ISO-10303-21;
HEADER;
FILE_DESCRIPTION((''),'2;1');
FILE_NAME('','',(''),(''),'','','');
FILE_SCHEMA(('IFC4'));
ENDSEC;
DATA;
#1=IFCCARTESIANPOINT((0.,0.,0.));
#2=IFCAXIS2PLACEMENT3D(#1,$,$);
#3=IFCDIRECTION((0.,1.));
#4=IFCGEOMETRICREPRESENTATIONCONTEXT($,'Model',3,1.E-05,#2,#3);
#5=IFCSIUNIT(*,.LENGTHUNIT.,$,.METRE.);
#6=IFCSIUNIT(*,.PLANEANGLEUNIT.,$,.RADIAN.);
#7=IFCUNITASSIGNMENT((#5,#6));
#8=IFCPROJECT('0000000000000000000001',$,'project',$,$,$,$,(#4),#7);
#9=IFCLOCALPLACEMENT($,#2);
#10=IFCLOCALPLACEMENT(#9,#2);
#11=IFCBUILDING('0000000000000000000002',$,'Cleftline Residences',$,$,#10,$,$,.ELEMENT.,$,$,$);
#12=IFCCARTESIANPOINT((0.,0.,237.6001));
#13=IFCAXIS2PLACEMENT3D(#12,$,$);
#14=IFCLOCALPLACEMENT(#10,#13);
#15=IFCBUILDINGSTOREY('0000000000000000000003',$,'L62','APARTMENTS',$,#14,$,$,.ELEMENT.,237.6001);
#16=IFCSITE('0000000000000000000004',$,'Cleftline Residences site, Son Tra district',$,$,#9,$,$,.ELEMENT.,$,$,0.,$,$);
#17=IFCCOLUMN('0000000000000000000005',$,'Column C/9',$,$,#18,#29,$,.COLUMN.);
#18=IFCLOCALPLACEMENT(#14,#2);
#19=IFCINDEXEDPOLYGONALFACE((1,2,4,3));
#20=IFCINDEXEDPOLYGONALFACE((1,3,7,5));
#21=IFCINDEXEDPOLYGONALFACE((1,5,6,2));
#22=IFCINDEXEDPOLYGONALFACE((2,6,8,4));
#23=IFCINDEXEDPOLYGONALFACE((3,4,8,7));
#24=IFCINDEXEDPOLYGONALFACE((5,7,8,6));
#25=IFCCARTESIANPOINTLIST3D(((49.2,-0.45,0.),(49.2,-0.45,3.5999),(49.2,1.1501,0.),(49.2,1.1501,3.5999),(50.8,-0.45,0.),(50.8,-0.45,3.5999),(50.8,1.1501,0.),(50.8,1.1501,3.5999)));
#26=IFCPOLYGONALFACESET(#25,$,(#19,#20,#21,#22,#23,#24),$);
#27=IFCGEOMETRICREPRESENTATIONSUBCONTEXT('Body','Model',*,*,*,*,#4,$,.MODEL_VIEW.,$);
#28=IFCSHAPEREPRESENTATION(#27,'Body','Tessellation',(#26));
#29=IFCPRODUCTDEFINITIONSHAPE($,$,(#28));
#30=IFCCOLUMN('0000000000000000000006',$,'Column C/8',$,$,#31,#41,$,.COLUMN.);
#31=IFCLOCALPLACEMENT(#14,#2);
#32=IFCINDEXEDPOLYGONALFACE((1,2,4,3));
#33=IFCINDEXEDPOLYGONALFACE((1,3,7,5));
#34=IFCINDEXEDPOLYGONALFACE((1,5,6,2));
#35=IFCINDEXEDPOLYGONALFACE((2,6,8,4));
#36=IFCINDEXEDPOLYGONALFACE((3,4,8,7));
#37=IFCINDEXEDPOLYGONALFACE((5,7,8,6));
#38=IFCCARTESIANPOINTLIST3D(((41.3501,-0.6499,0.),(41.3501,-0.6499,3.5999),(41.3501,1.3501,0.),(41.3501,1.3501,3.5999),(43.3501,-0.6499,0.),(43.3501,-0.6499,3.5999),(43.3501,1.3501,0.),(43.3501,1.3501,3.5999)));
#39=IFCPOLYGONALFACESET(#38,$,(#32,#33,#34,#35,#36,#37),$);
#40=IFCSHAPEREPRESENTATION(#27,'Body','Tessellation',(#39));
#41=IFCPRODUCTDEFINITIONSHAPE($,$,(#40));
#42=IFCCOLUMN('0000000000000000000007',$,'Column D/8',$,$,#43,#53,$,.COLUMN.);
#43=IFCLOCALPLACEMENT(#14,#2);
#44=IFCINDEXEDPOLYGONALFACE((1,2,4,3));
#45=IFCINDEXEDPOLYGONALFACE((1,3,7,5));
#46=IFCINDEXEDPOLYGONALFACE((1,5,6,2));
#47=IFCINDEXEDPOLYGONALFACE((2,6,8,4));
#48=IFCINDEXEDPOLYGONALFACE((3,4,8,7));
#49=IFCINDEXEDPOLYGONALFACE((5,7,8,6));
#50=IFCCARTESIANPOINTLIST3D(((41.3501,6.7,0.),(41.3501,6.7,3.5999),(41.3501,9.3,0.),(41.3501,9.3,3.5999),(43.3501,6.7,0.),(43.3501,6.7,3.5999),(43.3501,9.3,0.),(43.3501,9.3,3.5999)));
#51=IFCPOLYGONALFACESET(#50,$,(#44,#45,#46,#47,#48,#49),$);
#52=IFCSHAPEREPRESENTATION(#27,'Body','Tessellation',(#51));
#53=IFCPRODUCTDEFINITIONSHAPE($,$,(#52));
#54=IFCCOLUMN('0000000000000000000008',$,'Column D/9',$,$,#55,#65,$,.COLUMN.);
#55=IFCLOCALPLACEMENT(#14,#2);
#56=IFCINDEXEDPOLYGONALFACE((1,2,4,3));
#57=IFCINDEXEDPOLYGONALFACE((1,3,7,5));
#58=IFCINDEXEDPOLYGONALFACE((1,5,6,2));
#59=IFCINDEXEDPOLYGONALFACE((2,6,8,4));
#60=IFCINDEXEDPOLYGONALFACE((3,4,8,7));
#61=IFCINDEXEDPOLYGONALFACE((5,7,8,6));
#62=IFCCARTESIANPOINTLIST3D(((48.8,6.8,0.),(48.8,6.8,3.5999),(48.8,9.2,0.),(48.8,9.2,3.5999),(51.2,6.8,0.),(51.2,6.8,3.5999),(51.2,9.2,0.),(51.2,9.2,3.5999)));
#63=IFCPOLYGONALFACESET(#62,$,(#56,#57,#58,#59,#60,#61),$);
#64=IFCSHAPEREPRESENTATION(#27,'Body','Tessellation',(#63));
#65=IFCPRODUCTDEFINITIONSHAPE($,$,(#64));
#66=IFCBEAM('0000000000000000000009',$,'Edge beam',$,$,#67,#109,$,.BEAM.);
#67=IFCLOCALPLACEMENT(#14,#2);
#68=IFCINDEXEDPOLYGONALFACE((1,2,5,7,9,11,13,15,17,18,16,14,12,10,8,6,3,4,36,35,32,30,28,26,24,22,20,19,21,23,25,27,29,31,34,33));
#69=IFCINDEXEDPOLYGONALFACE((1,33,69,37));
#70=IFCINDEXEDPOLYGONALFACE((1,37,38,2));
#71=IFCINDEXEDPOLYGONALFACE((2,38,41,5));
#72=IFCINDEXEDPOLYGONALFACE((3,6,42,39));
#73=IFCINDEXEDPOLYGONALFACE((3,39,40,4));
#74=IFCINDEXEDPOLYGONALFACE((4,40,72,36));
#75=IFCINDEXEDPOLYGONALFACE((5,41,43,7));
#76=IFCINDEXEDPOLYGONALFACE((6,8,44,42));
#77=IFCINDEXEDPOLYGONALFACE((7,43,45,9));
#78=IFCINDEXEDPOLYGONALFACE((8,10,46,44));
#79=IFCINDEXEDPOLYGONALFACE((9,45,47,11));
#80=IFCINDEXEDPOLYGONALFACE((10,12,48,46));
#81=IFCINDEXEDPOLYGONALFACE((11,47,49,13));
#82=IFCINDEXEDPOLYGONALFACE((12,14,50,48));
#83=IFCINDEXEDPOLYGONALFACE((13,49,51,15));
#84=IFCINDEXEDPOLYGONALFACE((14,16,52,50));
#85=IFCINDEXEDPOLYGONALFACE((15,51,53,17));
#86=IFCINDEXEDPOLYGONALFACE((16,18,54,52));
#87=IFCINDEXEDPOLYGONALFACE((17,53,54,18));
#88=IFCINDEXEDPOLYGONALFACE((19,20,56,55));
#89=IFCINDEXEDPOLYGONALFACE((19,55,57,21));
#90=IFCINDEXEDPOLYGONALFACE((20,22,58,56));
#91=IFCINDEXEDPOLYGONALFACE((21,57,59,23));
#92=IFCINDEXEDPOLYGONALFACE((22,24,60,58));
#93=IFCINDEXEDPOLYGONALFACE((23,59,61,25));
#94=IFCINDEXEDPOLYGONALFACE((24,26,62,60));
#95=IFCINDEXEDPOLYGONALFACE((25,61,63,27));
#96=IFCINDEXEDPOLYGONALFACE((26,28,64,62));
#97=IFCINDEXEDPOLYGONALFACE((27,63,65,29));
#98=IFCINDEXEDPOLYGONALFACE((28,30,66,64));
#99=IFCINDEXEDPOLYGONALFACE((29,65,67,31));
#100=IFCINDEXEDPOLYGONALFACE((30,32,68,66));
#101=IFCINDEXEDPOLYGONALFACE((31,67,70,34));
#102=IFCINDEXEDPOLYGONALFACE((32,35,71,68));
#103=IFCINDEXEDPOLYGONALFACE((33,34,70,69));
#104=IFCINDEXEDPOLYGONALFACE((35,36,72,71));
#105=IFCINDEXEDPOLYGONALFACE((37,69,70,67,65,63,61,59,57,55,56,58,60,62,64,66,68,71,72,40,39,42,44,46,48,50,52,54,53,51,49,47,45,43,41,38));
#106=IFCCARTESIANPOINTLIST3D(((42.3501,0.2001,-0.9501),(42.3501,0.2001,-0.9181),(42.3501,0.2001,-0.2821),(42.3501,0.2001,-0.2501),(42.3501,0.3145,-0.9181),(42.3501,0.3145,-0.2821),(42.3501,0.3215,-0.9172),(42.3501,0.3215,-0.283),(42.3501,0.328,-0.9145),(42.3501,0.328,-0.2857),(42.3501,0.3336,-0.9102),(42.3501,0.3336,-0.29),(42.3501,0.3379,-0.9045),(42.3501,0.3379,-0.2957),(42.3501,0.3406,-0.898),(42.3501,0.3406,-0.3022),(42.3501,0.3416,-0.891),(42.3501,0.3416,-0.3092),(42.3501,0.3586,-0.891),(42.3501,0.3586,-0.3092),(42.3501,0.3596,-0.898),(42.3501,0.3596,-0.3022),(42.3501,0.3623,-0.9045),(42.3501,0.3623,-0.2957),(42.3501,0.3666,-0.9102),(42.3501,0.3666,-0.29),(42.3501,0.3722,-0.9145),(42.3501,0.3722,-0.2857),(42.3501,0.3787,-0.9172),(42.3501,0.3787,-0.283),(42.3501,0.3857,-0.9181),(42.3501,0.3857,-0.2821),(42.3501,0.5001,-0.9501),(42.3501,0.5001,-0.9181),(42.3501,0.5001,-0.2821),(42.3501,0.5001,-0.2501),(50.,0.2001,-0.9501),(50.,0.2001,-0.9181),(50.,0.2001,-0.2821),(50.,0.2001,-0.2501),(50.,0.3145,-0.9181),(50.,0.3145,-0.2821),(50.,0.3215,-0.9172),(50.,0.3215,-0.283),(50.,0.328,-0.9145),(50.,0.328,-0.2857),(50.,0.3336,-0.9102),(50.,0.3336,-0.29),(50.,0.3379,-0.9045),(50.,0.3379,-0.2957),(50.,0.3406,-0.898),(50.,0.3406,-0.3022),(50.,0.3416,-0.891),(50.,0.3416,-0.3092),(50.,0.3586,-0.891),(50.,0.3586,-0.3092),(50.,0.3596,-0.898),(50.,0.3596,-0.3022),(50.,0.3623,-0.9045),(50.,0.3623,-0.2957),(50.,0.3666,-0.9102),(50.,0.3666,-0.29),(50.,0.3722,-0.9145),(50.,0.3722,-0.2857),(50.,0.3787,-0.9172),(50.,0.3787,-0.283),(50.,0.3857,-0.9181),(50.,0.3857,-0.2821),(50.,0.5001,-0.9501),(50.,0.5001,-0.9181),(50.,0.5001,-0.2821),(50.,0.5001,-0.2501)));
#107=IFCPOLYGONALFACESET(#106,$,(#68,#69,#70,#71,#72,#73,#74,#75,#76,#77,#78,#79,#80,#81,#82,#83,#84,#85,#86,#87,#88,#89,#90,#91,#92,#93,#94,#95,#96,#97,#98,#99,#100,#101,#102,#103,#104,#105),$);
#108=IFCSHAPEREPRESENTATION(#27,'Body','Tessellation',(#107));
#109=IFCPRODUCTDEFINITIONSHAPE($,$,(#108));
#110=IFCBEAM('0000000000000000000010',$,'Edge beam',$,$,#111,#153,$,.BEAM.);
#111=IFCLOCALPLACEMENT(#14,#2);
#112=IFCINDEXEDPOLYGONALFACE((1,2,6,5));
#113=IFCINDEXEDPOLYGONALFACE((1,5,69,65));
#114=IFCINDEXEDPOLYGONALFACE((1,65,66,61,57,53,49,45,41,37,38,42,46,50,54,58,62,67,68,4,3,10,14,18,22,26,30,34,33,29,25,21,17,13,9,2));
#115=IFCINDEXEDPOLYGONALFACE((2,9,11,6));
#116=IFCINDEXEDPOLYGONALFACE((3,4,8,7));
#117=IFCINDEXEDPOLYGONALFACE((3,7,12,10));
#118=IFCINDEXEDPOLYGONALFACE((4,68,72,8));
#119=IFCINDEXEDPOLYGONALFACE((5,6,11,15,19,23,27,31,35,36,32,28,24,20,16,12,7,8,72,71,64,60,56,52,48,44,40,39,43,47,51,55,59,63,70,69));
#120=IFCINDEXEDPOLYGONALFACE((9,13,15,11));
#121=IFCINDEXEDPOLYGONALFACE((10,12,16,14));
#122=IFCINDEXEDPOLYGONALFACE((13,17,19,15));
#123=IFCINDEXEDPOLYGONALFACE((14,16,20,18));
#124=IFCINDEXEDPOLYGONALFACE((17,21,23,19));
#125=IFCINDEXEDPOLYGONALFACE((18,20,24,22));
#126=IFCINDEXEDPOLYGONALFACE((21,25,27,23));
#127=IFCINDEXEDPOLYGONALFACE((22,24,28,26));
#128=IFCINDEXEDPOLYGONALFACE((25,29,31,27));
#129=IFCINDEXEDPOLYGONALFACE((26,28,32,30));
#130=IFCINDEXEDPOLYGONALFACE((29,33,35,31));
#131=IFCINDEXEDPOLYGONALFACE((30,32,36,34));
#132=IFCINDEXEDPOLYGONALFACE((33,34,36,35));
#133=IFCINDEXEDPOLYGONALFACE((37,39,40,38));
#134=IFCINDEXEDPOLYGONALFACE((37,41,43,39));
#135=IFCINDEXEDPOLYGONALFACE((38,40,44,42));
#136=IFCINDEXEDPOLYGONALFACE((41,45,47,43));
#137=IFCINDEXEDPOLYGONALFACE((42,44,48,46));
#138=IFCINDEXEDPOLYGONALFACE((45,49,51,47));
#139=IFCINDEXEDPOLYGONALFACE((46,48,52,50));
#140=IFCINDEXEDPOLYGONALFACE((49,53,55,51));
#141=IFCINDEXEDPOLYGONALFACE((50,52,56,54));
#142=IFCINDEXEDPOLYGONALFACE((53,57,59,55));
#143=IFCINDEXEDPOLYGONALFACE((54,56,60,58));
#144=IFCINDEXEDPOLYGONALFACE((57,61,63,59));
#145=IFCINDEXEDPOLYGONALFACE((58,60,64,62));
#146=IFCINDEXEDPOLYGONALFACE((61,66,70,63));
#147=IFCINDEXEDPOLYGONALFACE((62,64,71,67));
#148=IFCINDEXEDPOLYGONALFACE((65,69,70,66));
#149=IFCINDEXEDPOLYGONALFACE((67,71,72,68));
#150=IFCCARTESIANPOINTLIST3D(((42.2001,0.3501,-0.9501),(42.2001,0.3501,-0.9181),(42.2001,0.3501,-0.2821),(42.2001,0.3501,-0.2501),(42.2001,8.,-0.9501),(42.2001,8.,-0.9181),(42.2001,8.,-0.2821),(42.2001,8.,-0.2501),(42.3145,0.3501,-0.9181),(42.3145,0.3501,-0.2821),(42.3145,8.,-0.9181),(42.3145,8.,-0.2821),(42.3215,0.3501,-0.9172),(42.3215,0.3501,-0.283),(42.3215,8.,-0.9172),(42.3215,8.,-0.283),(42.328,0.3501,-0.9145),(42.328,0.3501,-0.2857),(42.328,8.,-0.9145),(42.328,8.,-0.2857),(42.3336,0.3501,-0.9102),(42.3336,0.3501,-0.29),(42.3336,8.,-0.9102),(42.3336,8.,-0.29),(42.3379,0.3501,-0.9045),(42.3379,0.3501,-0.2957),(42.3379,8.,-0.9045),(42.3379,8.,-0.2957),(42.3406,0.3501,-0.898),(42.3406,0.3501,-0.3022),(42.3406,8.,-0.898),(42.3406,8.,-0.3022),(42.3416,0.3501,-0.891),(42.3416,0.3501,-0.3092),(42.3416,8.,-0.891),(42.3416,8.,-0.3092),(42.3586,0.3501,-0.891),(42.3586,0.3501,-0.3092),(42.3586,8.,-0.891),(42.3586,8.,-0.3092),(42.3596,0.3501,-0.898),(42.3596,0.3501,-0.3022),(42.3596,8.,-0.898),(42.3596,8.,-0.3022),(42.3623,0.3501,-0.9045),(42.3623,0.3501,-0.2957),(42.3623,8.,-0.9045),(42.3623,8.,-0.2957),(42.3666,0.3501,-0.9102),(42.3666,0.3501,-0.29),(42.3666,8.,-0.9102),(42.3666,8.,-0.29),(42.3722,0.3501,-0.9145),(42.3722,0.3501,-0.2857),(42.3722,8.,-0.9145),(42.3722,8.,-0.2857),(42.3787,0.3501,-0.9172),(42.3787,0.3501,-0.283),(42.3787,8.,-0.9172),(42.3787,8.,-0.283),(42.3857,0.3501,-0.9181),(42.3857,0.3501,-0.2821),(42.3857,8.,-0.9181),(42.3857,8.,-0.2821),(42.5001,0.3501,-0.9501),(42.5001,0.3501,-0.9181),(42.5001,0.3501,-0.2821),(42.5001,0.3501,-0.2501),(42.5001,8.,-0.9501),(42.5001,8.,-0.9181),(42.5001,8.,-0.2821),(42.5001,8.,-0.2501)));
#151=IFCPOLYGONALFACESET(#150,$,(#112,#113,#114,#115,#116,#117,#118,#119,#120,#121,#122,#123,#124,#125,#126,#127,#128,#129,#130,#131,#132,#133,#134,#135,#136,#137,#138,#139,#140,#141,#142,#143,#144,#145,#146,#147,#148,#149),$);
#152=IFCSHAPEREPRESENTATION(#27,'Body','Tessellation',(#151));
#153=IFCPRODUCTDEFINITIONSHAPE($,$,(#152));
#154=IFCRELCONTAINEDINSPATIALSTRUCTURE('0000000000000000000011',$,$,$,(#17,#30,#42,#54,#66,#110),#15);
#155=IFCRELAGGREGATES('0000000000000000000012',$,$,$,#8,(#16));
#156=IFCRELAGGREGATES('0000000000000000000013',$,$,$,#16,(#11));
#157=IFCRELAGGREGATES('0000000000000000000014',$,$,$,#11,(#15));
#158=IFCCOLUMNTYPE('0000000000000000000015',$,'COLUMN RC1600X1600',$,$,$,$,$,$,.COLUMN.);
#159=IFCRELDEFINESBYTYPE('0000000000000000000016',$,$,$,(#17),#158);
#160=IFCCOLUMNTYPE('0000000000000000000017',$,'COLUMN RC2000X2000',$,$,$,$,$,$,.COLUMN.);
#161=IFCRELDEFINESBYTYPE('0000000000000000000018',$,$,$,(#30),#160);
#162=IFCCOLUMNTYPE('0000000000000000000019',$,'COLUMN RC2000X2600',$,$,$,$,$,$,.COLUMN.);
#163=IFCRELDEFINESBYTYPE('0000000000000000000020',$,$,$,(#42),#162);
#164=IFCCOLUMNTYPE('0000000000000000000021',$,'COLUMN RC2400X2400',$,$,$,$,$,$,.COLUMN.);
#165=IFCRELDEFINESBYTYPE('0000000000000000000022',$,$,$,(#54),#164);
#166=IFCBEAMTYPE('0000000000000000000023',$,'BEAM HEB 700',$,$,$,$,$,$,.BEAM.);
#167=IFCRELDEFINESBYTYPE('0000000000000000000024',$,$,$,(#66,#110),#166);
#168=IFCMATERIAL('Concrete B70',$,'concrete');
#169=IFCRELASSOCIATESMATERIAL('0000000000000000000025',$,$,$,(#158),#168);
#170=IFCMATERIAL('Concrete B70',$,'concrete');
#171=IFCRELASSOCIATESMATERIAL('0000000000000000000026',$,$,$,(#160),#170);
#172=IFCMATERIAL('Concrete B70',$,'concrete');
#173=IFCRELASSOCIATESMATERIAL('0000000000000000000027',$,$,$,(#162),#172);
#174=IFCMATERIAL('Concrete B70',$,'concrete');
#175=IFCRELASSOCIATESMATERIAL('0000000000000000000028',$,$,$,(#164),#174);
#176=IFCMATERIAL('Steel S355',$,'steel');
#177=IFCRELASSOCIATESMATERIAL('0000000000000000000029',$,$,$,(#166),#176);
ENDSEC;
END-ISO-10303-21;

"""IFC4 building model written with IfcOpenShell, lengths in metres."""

from ifc_helpers import new_model, si_unit, direction, frame, origin, origin_2d, place, context, subcontext, project, spatial, rectangle, i_section, extrude, material, material_profile, profile_set, type_object, element, save


model = new_model("IFC4")

# Units and contexts
model_context = context("Model", 3, precision=1e-05, world=origin(), true_north=direction((0.0, 1.0)))
body_context = subcontext(model_context, "Body", "Model", "MODEL_VIEW")
ifc_project = project(units=[si_unit("LENGTHUNIT", "METRE"), si_unit("PLANEANGLEUNIT", "RADIAN")], contexts=[model_context])

# Site, building, storey
site_placement = place(None, origin())
site = spatial("IfcSite", under=ifc_project, at=site_placement, Name="Cleftline Residences site, Son Tra district", CompositionType="ELEMENT", RefElevation=0.0)
building_placement = place(site_placement, origin())
building = spatial("IfcBuilding", under=site, at=building_placement, Name="Cleftline Residences", CompositionType="ELEMENT")
storey_placement = place(building_placement, frame((0.0, 0.0, 237.6001)))
storey = spatial("IfcBuildingStorey", under=building, at=storey_placement, Name="L62", Description="APARTMENTS", CompositionType="ELEMENT", Elevation=237.6001)

# Columns
ifc_material_1 = material(Name="Concrete B70", Category="concrete")
ifc_material_profile_1 = material_profile(ifc_material_1, rectangle(XDim=1.6001, YDim=1.6001, at=origin_2d()))
ifc_profile_set_1 = profile_set([ifc_material_profile_1], Name="Concrete B70")
column_type_1 = type_object("IfcColumnType", Name="COLUMN RC1600X1600", PredefinedType="COLUMN", material=ifc_profile_set_1)
column_1_placement = place(storey_placement, frame((50.0, 0.3501, 0.0), z_axis=(0.0, 0.0, 1.0), x_axis=(1.0, 0.0, 0.0)))
element("IfcColumn", 1, at=column_1_placement, inside=storey, type_object=column_type_1, Name="Column C/9", PredefinedType="COLUMN", context=body_context, shape_type="SweptSolid", body=[
    extrude(rectangle(XDim=1.6001, YDim=1.6001, at=origin_2d()), origin(), (0.0, 0.0, 1.0), 3.5999),
])
ifc_material_2 = material(Name="Concrete B70", Category="concrete")
ifc_material_profile_2 = material_profile(ifc_material_2, rectangle(XDim=2.0, YDim=2.0, at=origin_2d()))
ifc_profile_set_2 = profile_set([ifc_material_profile_2], Name="Concrete B70")
column_type_2 = type_object("IfcColumnType", Name="COLUMN RC2000X2000", PredefinedType="COLUMN", material=ifc_profile_set_2)
column_2_placement = place(storey_placement, frame((42.3501, 0.3501, 0.0), z_axis=(0.0, 0.0, 1.0), x_axis=(1.0, 0.0, 0.0)))
element("IfcColumn", 2, at=column_2_placement, inside=storey, type_object=column_type_2, Name="Column C/8", PredefinedType="COLUMN", context=body_context, shape_type="SweptSolid", body=[
    extrude(rectangle(XDim=2.0, YDim=2.0, at=origin_2d()), origin(), (0.0, 0.0, 1.0), 3.5999),
])
ifc_material_3 = material(Name="Concrete B70", Category="concrete")
ifc_material_profile_3 = material_profile(ifc_material_3, rectangle(XDim=2.0, YDim=2.6001, at=origin_2d()))
ifc_profile_set_3 = profile_set([ifc_material_profile_3], Name="Concrete B70")
column_type_3 = type_object("IfcColumnType", Name="COLUMN RC2000X2600", PredefinedType="COLUMN", material=ifc_profile_set_3)
column_3_placement = place(storey_placement, frame((42.3501, 8.0, 0.0), z_axis=(0.0, 0.0, 1.0), x_axis=(1.0, 0.0, 0.0)))
element("IfcColumn", 3, at=column_3_placement, inside=storey, type_object=column_type_3, Name="Column D/8", PredefinedType="COLUMN", context=body_context, shape_type="SweptSolid", body=[
    extrude(rectangle(XDim=2.0, YDim=2.6001, at=origin_2d()), origin(), (0.0, 0.0, 1.0), 3.5999),
])
ifc_material_4 = material(Name="Concrete B70", Category="concrete")
ifc_material_profile_4 = material_profile(ifc_material_4, rectangle(XDim=2.3999, YDim=2.3999, at=origin_2d()))
ifc_profile_set_4 = profile_set([ifc_material_profile_4], Name="Concrete B70")
column_type_4 = type_object("IfcColumnType", Name="COLUMN RC2400X2400", PredefinedType="COLUMN", material=ifc_profile_set_4)
column_4_placement = place(storey_placement, frame((50.0, 8.0, 0.0), z_axis=(0.0, 0.0, 1.0), x_axis=(1.0, 0.0, 0.0)))
element("IfcColumn", 4, at=column_4_placement, inside=storey, type_object=column_type_4, Name="Column D/9", PredefinedType="COLUMN", context=body_context, shape_type="SweptSolid", body=[
    extrude(rectangle(XDim=2.3999, YDim=2.3999, at=origin_2d()), origin(), (0.0, 0.0, 1.0), 3.5999),
])

# Beams
ifc_material_5 = material(Name="Steel S355", Category="steel")
ifc_material_profile_5 = material_profile(ifc_material_5, i_section(OverallWidth=0.3, OverallDepth=0.7, WebThickness=0.0171, FlangeThickness=0.032, FilletRadius=0.0271, at=origin_2d()))
ifc_profile_set_5 = profile_set([ifc_material_profile_5], Name="Steel S355")
beam_type = type_object("IfcBeamType", Name="BEAM HEB 700", PredefinedType="BEAM", material=ifc_profile_set_5)
for number, where, z_axis, x_axis, name in (
    (5, (50.0, 0.3501, -0.6001), (-1.0, 0.0, 0.0), (0.0, -1.0, 0.0), "Edge beam"),
    (6, (42.3501, 0.3501, -0.6001), (0.0, 1.0, 0.0), (-1.0, 0.0, 0.0), "Edge beam"),
):
    element("IfcBeam", number, at=place(storey_placement, frame(where, z_axis=z_axis, x_axis=x_axis)), inside=storey, type_object=beam_type, Name=name, PredefinedType="BEAM", context=body_context, shape_type="SweptSolid", body=[
        extrude(i_section(OverallWidth=0.3, OverallDepth=0.7, WebThickness=0.0171, FlangeThickness=0.032, FilletRadius=0.0271, at=origin_2d()), origin(), (0.0, 0.0, 1.0), 7.6499),
    ])

save(model, "model.ifc")
